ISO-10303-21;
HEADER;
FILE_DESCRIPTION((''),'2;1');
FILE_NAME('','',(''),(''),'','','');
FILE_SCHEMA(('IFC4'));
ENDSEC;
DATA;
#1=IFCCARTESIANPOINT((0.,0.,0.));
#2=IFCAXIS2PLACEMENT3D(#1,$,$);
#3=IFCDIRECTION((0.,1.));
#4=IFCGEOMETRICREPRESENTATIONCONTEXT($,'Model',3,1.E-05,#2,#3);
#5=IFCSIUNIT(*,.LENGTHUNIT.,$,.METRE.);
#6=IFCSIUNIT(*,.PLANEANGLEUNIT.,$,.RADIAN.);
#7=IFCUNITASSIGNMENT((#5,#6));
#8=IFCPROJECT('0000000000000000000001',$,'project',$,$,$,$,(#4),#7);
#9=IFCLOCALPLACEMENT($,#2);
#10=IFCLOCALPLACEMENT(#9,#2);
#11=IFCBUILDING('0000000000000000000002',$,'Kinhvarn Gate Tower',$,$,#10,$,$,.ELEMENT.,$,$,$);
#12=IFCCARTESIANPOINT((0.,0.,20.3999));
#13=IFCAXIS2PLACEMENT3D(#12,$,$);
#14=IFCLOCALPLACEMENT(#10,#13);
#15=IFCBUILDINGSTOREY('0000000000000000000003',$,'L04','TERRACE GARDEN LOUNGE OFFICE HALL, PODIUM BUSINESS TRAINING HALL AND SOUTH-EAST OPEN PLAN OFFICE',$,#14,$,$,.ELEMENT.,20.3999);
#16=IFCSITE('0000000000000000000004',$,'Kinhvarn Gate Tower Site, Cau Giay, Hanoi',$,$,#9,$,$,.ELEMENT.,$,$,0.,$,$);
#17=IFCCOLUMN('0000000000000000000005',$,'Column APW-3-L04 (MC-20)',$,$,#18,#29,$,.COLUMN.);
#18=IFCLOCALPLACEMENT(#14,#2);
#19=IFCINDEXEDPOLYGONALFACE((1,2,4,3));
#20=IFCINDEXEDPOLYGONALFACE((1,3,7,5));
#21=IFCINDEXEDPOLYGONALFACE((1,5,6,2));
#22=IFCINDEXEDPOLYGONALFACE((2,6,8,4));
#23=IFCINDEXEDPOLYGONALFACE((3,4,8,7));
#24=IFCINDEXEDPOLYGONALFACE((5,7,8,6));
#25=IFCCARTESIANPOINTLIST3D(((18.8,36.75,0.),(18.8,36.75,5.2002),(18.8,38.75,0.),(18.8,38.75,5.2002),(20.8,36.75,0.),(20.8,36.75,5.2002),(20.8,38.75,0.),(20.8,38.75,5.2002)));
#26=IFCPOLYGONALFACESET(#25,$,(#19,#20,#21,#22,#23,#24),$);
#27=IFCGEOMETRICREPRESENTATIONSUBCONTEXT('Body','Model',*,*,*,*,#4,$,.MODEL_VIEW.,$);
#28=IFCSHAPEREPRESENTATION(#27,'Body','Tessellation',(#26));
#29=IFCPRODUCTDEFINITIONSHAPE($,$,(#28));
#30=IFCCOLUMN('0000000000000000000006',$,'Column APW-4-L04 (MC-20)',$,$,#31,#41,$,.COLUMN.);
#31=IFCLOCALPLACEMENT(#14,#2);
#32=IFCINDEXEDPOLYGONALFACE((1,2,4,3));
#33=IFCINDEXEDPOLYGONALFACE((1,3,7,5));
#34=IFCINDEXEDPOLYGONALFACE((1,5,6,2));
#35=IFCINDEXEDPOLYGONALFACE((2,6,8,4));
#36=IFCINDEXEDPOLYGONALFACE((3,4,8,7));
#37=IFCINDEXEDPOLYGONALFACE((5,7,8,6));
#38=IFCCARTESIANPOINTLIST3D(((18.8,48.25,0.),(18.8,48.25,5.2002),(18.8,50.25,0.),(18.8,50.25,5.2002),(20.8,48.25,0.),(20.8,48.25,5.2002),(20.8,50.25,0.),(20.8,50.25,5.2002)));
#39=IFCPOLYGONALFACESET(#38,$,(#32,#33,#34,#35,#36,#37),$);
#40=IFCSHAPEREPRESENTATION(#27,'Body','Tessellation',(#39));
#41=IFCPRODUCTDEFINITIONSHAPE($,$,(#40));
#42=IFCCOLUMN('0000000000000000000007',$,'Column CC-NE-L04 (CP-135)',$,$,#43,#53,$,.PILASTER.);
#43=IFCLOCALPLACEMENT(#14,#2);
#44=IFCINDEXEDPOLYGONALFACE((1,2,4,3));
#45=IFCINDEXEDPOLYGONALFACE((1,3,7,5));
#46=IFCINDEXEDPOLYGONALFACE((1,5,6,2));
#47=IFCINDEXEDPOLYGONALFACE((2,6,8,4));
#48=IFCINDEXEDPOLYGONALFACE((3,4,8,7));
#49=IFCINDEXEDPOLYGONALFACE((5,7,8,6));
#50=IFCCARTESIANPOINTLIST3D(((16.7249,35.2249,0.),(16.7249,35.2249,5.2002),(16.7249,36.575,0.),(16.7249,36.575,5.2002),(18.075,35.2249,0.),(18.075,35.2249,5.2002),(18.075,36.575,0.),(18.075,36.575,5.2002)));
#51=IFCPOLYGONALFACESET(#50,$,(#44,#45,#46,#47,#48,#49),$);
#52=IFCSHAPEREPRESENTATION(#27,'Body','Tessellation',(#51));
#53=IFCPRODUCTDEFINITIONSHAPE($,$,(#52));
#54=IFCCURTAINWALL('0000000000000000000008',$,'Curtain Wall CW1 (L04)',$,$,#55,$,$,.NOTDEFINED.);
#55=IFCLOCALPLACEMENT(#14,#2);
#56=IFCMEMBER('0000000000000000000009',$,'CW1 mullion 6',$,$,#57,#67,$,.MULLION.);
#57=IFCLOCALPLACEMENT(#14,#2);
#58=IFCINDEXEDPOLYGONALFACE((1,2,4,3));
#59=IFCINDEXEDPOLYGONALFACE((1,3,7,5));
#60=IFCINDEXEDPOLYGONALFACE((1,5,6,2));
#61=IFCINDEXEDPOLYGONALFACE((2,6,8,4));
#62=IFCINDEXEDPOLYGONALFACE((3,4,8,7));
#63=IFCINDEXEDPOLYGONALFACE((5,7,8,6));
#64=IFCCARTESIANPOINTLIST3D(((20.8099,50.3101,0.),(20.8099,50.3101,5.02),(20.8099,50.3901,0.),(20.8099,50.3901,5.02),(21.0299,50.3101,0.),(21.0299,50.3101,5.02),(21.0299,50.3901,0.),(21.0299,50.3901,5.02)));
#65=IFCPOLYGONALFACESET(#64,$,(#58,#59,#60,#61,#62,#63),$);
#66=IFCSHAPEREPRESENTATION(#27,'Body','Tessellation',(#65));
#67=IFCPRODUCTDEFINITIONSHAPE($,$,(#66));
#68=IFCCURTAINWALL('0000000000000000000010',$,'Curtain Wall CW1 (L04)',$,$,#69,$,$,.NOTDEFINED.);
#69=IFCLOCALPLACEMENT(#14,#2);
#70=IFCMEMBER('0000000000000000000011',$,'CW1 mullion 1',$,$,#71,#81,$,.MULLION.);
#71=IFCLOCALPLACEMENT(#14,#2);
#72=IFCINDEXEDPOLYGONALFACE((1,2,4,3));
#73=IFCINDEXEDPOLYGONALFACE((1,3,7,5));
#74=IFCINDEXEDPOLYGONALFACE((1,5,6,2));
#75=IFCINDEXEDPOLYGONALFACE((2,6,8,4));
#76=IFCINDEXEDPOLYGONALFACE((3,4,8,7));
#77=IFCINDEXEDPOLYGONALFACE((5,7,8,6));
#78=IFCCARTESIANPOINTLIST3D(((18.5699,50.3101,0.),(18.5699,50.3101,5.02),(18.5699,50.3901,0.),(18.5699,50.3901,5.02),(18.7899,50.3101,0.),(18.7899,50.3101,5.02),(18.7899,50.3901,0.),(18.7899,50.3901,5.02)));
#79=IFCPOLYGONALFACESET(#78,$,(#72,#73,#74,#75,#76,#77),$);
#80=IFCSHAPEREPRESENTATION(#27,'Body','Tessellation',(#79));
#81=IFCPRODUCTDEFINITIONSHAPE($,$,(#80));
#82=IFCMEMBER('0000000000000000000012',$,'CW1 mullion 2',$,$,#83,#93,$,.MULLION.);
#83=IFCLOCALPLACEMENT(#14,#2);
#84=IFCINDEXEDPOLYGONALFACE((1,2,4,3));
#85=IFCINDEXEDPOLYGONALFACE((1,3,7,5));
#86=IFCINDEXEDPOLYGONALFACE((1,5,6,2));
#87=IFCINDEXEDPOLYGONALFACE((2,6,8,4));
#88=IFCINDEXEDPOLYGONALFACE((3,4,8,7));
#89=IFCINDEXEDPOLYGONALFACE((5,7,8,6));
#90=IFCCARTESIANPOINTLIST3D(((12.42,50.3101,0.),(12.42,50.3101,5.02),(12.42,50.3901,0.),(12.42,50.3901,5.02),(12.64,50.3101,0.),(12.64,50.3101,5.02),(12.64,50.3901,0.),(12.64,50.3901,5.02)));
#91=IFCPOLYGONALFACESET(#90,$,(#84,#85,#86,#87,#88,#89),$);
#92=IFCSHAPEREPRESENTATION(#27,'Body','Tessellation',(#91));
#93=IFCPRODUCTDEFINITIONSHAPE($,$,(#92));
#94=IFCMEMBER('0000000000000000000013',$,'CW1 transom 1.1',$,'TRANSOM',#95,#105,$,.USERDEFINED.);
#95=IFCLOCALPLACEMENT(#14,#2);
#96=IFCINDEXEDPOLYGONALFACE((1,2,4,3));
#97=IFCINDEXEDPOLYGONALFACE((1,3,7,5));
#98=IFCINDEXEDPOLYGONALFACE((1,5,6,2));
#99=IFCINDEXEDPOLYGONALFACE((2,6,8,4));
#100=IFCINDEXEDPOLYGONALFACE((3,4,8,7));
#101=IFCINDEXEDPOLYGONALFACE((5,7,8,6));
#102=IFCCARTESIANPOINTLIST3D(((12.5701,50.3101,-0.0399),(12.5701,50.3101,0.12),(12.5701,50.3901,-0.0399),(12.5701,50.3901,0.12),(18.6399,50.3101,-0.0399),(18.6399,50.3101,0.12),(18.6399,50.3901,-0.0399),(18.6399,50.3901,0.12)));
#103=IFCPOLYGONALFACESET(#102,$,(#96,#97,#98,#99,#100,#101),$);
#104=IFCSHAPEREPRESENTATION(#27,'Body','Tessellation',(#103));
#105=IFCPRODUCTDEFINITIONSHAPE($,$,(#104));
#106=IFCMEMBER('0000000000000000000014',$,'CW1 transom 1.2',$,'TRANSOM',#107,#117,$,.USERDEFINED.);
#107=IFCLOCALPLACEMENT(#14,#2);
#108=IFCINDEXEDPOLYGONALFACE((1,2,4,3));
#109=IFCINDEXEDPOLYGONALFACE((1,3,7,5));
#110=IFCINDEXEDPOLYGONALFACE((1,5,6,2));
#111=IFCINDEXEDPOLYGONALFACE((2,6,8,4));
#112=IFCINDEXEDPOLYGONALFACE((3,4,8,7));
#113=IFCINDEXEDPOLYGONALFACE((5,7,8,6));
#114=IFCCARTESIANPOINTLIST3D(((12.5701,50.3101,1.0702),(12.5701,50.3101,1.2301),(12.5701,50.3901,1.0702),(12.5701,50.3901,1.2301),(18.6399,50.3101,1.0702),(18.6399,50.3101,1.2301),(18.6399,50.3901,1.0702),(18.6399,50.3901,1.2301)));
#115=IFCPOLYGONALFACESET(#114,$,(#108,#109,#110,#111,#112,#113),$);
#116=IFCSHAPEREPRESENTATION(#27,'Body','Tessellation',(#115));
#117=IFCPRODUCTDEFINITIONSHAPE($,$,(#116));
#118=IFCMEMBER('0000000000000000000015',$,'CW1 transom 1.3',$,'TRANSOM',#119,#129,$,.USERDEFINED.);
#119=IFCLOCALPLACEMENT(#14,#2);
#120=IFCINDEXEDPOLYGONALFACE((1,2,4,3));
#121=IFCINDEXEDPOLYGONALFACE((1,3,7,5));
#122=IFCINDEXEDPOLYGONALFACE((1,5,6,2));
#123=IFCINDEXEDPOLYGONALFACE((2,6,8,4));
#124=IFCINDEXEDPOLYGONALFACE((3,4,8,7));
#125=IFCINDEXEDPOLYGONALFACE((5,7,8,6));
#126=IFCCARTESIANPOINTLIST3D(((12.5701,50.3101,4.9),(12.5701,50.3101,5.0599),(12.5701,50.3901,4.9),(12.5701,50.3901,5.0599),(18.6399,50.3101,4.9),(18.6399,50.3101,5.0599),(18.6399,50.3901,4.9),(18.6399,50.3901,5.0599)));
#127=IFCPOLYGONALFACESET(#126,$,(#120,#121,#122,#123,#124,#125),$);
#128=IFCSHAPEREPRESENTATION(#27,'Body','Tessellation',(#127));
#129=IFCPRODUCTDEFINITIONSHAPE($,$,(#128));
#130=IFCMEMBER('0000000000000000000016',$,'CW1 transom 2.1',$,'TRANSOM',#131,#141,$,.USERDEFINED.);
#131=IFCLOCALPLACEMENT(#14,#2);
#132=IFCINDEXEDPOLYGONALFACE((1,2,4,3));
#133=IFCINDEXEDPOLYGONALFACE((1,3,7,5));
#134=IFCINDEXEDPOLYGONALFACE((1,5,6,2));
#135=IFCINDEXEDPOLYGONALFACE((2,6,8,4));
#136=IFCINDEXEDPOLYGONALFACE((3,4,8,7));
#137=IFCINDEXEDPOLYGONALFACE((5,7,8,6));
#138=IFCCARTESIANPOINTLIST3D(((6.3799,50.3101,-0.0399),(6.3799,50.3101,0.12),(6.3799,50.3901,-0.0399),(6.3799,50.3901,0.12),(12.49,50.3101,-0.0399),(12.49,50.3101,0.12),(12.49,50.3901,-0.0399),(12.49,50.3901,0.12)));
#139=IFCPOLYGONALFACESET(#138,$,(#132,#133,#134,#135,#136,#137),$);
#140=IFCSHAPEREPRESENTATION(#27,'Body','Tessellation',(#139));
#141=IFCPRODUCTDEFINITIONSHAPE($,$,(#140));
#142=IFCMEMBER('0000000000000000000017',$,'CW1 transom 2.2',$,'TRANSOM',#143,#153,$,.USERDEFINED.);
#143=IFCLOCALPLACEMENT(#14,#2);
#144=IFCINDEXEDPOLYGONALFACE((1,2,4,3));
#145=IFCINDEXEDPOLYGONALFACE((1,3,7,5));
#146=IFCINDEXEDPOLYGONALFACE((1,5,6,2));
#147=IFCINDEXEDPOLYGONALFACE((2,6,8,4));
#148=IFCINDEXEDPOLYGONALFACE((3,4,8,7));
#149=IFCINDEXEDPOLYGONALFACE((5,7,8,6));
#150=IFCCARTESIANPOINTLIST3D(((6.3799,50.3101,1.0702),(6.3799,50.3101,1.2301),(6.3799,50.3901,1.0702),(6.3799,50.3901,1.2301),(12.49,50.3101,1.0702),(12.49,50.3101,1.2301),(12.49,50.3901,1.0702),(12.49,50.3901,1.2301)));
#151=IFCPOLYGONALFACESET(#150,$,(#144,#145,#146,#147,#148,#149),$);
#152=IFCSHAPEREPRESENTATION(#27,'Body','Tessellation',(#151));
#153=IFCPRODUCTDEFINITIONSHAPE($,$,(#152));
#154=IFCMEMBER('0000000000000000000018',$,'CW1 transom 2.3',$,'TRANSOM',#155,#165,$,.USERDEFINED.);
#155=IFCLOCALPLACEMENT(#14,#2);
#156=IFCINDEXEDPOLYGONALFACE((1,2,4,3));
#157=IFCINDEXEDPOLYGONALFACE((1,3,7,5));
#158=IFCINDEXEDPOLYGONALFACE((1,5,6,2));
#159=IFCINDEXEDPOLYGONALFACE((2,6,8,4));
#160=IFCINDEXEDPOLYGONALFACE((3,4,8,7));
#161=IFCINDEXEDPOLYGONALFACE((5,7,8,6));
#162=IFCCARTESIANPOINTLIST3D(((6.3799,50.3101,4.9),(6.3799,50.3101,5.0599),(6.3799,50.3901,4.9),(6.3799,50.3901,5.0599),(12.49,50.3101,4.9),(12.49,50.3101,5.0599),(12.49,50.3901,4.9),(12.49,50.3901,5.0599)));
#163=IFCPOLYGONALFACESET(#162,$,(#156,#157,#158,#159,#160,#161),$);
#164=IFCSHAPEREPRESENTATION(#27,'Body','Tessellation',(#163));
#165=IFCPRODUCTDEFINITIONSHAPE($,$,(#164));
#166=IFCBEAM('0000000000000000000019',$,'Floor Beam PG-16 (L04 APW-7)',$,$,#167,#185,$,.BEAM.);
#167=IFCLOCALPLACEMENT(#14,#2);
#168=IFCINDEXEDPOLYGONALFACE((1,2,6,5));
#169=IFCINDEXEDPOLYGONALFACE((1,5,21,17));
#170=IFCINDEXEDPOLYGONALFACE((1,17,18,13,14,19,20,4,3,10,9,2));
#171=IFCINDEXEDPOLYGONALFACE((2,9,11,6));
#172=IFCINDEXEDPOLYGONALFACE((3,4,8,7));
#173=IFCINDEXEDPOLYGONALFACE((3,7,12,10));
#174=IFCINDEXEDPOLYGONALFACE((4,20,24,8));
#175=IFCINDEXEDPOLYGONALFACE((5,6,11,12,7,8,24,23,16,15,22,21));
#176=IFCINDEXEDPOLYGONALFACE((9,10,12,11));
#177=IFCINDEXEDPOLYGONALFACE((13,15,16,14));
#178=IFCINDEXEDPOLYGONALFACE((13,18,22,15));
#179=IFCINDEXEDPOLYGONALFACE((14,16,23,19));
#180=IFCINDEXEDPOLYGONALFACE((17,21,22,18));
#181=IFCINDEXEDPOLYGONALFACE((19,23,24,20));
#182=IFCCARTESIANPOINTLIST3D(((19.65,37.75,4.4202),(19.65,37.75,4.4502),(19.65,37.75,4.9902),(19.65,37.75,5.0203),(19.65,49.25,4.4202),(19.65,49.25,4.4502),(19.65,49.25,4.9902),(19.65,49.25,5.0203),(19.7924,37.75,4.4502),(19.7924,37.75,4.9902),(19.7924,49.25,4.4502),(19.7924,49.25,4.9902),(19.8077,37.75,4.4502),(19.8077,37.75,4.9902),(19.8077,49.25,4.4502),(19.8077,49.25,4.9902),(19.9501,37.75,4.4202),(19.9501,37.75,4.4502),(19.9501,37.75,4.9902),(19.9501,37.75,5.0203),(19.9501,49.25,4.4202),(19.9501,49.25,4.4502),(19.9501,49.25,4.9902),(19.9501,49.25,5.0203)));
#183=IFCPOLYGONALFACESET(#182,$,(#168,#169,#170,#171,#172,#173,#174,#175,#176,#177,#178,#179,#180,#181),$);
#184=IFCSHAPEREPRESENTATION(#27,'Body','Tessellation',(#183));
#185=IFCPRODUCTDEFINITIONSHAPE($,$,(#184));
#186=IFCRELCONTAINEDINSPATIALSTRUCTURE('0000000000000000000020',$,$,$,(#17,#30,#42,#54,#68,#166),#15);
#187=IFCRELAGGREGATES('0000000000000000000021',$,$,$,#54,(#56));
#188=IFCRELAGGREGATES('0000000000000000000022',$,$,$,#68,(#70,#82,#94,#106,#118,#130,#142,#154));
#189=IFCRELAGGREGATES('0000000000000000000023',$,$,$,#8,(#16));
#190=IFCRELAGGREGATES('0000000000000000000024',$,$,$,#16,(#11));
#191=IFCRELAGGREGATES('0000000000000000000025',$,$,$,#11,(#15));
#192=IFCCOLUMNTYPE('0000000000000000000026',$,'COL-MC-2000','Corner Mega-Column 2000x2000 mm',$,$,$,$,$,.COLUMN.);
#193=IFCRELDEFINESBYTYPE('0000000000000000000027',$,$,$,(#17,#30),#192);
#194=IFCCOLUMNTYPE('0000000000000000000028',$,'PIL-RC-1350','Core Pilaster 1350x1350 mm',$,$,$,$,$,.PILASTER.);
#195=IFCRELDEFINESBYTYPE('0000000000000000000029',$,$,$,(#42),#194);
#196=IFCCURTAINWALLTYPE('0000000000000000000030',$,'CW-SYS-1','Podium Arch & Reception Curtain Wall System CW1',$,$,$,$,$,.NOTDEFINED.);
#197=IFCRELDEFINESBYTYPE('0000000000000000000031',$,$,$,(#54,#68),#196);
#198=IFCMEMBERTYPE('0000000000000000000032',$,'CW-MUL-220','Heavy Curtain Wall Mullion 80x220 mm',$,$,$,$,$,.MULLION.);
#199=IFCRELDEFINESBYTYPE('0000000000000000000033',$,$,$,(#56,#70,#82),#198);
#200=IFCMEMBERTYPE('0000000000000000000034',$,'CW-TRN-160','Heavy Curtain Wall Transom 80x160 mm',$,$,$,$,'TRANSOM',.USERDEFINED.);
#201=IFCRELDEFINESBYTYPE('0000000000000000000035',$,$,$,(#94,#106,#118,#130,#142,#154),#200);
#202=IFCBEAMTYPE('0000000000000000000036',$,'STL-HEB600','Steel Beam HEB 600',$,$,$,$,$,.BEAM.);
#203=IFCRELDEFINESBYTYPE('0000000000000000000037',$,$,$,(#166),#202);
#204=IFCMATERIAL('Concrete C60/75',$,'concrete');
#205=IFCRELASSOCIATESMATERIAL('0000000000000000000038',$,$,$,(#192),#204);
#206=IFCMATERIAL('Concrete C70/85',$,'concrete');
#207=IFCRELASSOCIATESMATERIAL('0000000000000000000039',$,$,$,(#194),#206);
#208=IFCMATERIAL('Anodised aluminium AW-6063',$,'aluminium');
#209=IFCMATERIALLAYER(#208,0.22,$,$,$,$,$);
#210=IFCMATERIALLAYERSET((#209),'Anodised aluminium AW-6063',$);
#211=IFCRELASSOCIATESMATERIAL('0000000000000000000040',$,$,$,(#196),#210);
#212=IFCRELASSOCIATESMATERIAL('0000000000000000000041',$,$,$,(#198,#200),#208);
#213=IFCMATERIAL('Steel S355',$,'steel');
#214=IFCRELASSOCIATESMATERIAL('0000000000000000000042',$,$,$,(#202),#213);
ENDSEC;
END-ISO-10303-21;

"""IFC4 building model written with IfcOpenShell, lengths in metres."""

from ifc_helpers import new_model, si_unit, direction, frame, origin, origin_2d, place, context, subcontext, project, spatial, rectangle, i_section, extrude, material, layer, layer_set, material_profile, profile_set, type_object, element, aggregate, save


model = new_model("IFC4")

# Units and contexts
model_context = context("Model", 3, precision=1e-05, world=origin(), true_north=direction((0.0, 1.0)))
body_context = subcontext(model_context, "Body", "Model", "MODEL_VIEW")
ifc_project = project(units=[si_unit("LENGTHUNIT", "METRE"), si_unit("PLANEANGLEUNIT", "RADIAN")], contexts=[model_context])

# Site, building, storey
site_placement = place(None, origin())
site = spatial("IfcSite", under=ifc_project, at=site_placement, Name="Kinhvarn Gate Tower Site, Cau Giay, Hanoi", CompositionType="ELEMENT", RefElevation=0.0)
building_placement = place(site_placement, origin())
building = spatial("IfcBuilding", under=site, at=building_placement, Name="Kinhvarn Gate Tower", CompositionType="ELEMENT")
storey_placement = place(building_placement, frame((0.0, 0.0, 20.3999)))
storey = spatial("IfcBuildingStorey", under=building, at=storey_placement, Name="L04", Description="TERRACE GARDEN LOUNGE OFFICE HALL, PODIUM BUSINESS TRAINING HALL AND SOUTH-EAST OPEN PLAN OFFICE", CompositionType="ELEMENT", Elevation=20.3999)

# Columns
ifc_material_1 = material(Name="Concrete C60/75", Category="concrete")
ifc_material_profile_1 = material_profile(ifc_material_1, rectangle(XDim=2.0, YDim=2.0, at=origin_2d()), Name="RC 2000x2000")
ifc_profile_set_1 = profile_set([ifc_material_profile_1], Name="Concrete C60/75")
column_type_1 = type_object("IfcColumnType", Name="COL-MC-2000", Description="Corner Mega-Column 2000x2000 mm", PredefinedType="COLUMN", material=ifc_profile_set_1)
for number, where, z_axis, x_axis, name in (
    (1, (19.8, 37.75, 0.0), (0.0, 0.0, 1.0), (1.0, 0.0, 0.0), "Column APW-3-L04 (MC-20)"),
    (2, (19.8, 49.25, 0.0), (0.0, 0.0, 1.0), (1.0, 0.0, 0.0), "Column APW-4-L04 (MC-20)"),
):
    element("IfcColumn", number, at=place(storey_placement, frame(where, z_axis=z_axis, x_axis=x_axis)), inside=storey, type_object=column_type_1, Name=name, PredefinedType="COLUMN", context=body_context, shape_type="SweptSolid", body=[
        extrude(rectangle(XDim=2.0, YDim=2.0, at=origin_2d()), origin(), (0.0, 0.0, 1.0), 5.2002),
    ])
ifc_material_2 = material(Name="Concrete C70/85", Category="concrete")
ifc_material_profile_2 = material_profile(ifc_material_2, rectangle(XDim=1.3501, YDim=1.3501, at=origin_2d()), Name="RC 1350x1350")
ifc_profile_set_2 = profile_set([ifc_material_profile_2], Name="Concrete C70/85")
column_type_2 = type_object("IfcColumnType", Name="PIL-RC-1350", Description="Core Pilaster 1350x1350 mm", PredefinedType="PILASTER", material=ifc_profile_set_2)
column_placement = place(storey_placement, frame((17.3999, 35.8999, 0.0), z_axis=(0.0, 0.0, 1.0), x_axis=(1.0, 0.0, 0.0)))
element("IfcColumn", 3, at=column_placement, inside=storey, type_object=column_type_2, Name="Column CC-NE-L04 (CP-135)", PredefinedType="PILASTER", context=body_context, shape_type="SweptSolid", body=[
    extrude(rectangle(XDim=1.3501, YDim=1.3501, at=origin_2d()), origin(), (0.0, 0.0, 1.0), 5.2002),
])

# Curtain wall, member
ifc_material_3 = material(Name="Anodised aluminium AW-6063", Category="aluminium")
ifc_layer_1 = layer(ifc_material_3, 0.22)
ifc_layer_set_1 = layer_set([ifc_layer_1], Name="Anodised aluminium AW-6063")
curtain_wall_type = type_object("IfcCurtainWallType", Name="CW-SYS-1", Description="Podium Arch & Reception Curtain Wall System CW1", PredefinedType="NOTDEFINED", material=ifc_layer_set_1)
curtain_wall_1_placement = place(storey_placement, origin())
curtain_wall_1 = element("IfcCurtainWall", 4, at=curtain_wall_1_placement, inside=storey, type_object=curtain_wall_type, Name="Curtain Wall CW1 (L04)", PredefinedType="NOTDEFINED")
ifc_material_profile_3 = material_profile(ifc_material_3, rectangle(XDim=0.0801, YDim=0.22, at=origin_2d()), Name="ALU 80x220")
ifc_profile_set_3 = profile_set([ifc_material_profile_3], Name="Anodised aluminium AW-6063")
member_type_1 = type_object("IfcMemberType", Name="CW-MUL-220", Description="Heavy Curtain Wall Mullion 80x220 mm", PredefinedType="MULLION", material=ifc_profile_set_3)
member_1_placement = place(storey_placement, frame((20.9199, 50.3501, 0.0), z_axis=(0.0, 0.0, 1.0), x_axis=(0.0, -1.0, 0.0)))
member_1 = element("IfcMember", 5, at=member_1_placement, type_object=member_type_1, Name="CW1 mullion 6", PredefinedType="MULLION", context=body_context, shape_type="SweptSolid", body=[
    extrude(rectangle(XDim=0.0801, YDim=0.22, at=origin_2d()), origin(), (0.0, 0.0, 1.0), 5.02),
])

# Curtain wall, members
curtain_wall_2_placement = place(storey_placement, origin())
curtain_wall_2 = element("IfcCurtainWall", 6, at=curtain_wall_2_placement, inside=storey, type_object=curtain_wall_type, Name="Curtain Wall CW1 (L04)", PredefinedType="NOTDEFINED")
member_2_placement = place(storey_placement, frame((18.6799, 50.3501, 0.0), z_axis=(0.0, 0.0, 1.0), x_axis=(0.0, -1.0, 0.0)))
member_2 = element("IfcMember", 7, at=member_2_placement, type_object=member_type_1, Name="CW1 mullion 1", PredefinedType="MULLION", context=body_context, shape_type="SweptSolid", body=[
    extrude(rectangle(XDim=0.0801, YDim=0.22, at=origin_2d()), origin(), (0.0, 0.0, 1.0), 5.02),
])
member_3_placement = place(storey_placement, frame((12.53, 50.3501, 0.0), z_axis=(0.0, 0.0, 1.0), x_axis=(0.0, -1.0, 0.0)))
member_3 = element("IfcMember", 8, at=member_3_placement, type_object=member_type_1, Name="CW1 mullion 2", PredefinedType="MULLION", context=body_context, shape_type="SweptSolid", body=[
    extrude(rectangle(XDim=0.0801, YDim=0.22, at=origin_2d()), origin(), (0.0, 0.0, 1.0), 5.02),
])
ifc_material_profile_4 = material_profile(ifc_material_3, rectangle(XDim=0.0801, YDim=0.1599, at=origin_2d()), Name="ALU 80x160")
ifc_profile_set_4 = profile_set([ifc_material_profile_4], Name="Anodised aluminium AW-6063")
member_type_2 = type_object("IfcMemberType", Name="CW-TRN-160", Description="Heavy Curtain Wall Transom 80x160 mm", ElementType="TRANSOM", PredefinedType="USERDEFINED", material=ifc_profile_set_4)
member_4_placement = place(storey_placement, frame((18.6399, 50.3501, 0.04), z_axis=(-1.0, 0.0, 0.0), x_axis=(0.0, -1.0, 0.0)))
member_4 = element("IfcMember", 9, at=member_4_placement, type_object=member_type_2, Name="CW1 transom 1.1", ObjectType="TRANSOM", PredefinedType="USERDEFINED", context=body_context, shape_type="SweptSolid", body=[
    extrude(rectangle(XDim=0.0801, YDim=0.1599, at=origin_2d()), origin(), (0.0, 0.0, 1.0), 6.0698),
])
member_5_placement = place(storey_placement, frame((18.6399, 50.3501, 1.1501), z_axis=(-1.0, 0.0, 0.0), x_axis=(0.0, -1.0, 0.0)))
member_5 = element("IfcMember", 10, at=member_5_placement, type_object=member_type_2, Name="CW1 transom 1.2", ObjectType="TRANSOM", PredefinedType="USERDEFINED", context=body_context, shape_type="SweptSolid", body=[
    extrude(rectangle(XDim=0.0801, YDim=0.1599, at=origin_2d()), origin(), (0.0, 0.0, 1.0), 6.0698),
])
member_6_placement = place(storey_placement, frame((18.6399, 50.3501, 4.98), z_axis=(-1.0, 0.0, 0.0), x_axis=(0.0, -1.0, 0.0)))
member_6 = element("IfcMember", 11, at=member_6_placement, type_object=member_type_2, Name="CW1 transom 1.3", ObjectType="TRANSOM", PredefinedType="USERDEFINED", context=body_context, shape_type="SweptSolid", body=[
    extrude(rectangle(XDim=0.0801, YDim=0.1599, at=origin_2d()), origin(), (0.0, 0.0, 1.0), 6.0698),
])
member_7_placement = place(storey_placement, frame((12.49, 50.3501, 0.04), z_axis=(-1.0, 0.0, 0.0), x_axis=(0.0, -1.0, 0.0)))
member_7 = element("IfcMember", 12, at=member_7_placement, type_object=member_type_2, Name="CW1 transom 2.1", ObjectType="TRANSOM", PredefinedType="USERDEFINED", context=body_context, shape_type="SweptSolid", body=[
    extrude(rectangle(XDim=0.0801, YDim=0.1599, at=origin_2d()), origin(), (0.0, 0.0, 1.0), 6.1101),
])
member_8_placement = place(storey_placement, frame((12.49, 50.3501, 1.1501), z_axis=(-1.0, 0.0, 0.0), x_axis=(0.0, -1.0, 0.0)))
member_8 = element("IfcMember", 13, at=member_8_placement, type_object=member_type_2, Name="CW1 transom 2.2", ObjectType="TRANSOM", PredefinedType="USERDEFINED", context=body_context, shape_type="SweptSolid", body=[
    extrude(rectangle(XDim=0.0801, YDim=0.1599, at=origin_2d()), origin(), (0.0, 0.0, 1.0), 6.1101),
])
member_9_placement = place(storey_placement, frame((12.49, 50.3501, 4.98), z_axis=(-1.0, 0.0, 0.0), x_axis=(0.0, -1.0, 0.0)))
member_9 = element("IfcMember", 14, at=member_9_placement, type_object=member_type_2, Name="CW1 transom 2.3", ObjectType="TRANSOM", PredefinedType="USERDEFINED", context=body_context, shape_type="SweptSolid", body=[
    extrude(rectangle(XDim=0.0801, YDim=0.1599, at=origin_2d()), origin(), (0.0, 0.0, 1.0), 6.1101),
])

# Beam
ifc_material_4 = material(Name="Steel S355", Category="steel")
ifc_material_profile_5 = material_profile(ifc_material_4, i_section(OverallWidth=0.3, OverallDepth=0.6001, WebThickness=0.0154, FlangeThickness=0.03, at=origin_2d()), Name="HEB 600")
ifc_profile_set_5 = profile_set([ifc_material_profile_5], Name="Steel S355")
beam_type_1 = type_object("IfcBeamType", Name="STL-HEB600", Description="Steel Beam HEB 600", PredefinedType="BEAM", material=ifc_profile_set_5)
beam_1_placement = place(storey_placement, frame((19.8, 37.75, 4.7202), z_axis=(0.0, 1.0, 0.0), x_axis=(-1.0, 0.0, 0.0)))
element("IfcBeam", 15, at=beam_1_placement, inside=storey, type_object=beam_type_1, Name="Floor Beam PG-16 (L04 APW-7)", PredefinedType="BEAM", context=body_context, shape_type="SweptSolid", body=[
    extrude(i_section(OverallWidth=0.3, OverallDepth=0.6001, WebThickness=0.0154, FlangeThickness=0.03, at=origin_2d()), origin(), (0.0, 0.0, 1.0), 11.5),
])

aggregate(curtain_wall_1, [member_1])
aggregate(curtain_wall_2, [member_2, member_3, member_4, member_5, member_6, member_7, member_8, member_9])

save(model, "model.ifc")
